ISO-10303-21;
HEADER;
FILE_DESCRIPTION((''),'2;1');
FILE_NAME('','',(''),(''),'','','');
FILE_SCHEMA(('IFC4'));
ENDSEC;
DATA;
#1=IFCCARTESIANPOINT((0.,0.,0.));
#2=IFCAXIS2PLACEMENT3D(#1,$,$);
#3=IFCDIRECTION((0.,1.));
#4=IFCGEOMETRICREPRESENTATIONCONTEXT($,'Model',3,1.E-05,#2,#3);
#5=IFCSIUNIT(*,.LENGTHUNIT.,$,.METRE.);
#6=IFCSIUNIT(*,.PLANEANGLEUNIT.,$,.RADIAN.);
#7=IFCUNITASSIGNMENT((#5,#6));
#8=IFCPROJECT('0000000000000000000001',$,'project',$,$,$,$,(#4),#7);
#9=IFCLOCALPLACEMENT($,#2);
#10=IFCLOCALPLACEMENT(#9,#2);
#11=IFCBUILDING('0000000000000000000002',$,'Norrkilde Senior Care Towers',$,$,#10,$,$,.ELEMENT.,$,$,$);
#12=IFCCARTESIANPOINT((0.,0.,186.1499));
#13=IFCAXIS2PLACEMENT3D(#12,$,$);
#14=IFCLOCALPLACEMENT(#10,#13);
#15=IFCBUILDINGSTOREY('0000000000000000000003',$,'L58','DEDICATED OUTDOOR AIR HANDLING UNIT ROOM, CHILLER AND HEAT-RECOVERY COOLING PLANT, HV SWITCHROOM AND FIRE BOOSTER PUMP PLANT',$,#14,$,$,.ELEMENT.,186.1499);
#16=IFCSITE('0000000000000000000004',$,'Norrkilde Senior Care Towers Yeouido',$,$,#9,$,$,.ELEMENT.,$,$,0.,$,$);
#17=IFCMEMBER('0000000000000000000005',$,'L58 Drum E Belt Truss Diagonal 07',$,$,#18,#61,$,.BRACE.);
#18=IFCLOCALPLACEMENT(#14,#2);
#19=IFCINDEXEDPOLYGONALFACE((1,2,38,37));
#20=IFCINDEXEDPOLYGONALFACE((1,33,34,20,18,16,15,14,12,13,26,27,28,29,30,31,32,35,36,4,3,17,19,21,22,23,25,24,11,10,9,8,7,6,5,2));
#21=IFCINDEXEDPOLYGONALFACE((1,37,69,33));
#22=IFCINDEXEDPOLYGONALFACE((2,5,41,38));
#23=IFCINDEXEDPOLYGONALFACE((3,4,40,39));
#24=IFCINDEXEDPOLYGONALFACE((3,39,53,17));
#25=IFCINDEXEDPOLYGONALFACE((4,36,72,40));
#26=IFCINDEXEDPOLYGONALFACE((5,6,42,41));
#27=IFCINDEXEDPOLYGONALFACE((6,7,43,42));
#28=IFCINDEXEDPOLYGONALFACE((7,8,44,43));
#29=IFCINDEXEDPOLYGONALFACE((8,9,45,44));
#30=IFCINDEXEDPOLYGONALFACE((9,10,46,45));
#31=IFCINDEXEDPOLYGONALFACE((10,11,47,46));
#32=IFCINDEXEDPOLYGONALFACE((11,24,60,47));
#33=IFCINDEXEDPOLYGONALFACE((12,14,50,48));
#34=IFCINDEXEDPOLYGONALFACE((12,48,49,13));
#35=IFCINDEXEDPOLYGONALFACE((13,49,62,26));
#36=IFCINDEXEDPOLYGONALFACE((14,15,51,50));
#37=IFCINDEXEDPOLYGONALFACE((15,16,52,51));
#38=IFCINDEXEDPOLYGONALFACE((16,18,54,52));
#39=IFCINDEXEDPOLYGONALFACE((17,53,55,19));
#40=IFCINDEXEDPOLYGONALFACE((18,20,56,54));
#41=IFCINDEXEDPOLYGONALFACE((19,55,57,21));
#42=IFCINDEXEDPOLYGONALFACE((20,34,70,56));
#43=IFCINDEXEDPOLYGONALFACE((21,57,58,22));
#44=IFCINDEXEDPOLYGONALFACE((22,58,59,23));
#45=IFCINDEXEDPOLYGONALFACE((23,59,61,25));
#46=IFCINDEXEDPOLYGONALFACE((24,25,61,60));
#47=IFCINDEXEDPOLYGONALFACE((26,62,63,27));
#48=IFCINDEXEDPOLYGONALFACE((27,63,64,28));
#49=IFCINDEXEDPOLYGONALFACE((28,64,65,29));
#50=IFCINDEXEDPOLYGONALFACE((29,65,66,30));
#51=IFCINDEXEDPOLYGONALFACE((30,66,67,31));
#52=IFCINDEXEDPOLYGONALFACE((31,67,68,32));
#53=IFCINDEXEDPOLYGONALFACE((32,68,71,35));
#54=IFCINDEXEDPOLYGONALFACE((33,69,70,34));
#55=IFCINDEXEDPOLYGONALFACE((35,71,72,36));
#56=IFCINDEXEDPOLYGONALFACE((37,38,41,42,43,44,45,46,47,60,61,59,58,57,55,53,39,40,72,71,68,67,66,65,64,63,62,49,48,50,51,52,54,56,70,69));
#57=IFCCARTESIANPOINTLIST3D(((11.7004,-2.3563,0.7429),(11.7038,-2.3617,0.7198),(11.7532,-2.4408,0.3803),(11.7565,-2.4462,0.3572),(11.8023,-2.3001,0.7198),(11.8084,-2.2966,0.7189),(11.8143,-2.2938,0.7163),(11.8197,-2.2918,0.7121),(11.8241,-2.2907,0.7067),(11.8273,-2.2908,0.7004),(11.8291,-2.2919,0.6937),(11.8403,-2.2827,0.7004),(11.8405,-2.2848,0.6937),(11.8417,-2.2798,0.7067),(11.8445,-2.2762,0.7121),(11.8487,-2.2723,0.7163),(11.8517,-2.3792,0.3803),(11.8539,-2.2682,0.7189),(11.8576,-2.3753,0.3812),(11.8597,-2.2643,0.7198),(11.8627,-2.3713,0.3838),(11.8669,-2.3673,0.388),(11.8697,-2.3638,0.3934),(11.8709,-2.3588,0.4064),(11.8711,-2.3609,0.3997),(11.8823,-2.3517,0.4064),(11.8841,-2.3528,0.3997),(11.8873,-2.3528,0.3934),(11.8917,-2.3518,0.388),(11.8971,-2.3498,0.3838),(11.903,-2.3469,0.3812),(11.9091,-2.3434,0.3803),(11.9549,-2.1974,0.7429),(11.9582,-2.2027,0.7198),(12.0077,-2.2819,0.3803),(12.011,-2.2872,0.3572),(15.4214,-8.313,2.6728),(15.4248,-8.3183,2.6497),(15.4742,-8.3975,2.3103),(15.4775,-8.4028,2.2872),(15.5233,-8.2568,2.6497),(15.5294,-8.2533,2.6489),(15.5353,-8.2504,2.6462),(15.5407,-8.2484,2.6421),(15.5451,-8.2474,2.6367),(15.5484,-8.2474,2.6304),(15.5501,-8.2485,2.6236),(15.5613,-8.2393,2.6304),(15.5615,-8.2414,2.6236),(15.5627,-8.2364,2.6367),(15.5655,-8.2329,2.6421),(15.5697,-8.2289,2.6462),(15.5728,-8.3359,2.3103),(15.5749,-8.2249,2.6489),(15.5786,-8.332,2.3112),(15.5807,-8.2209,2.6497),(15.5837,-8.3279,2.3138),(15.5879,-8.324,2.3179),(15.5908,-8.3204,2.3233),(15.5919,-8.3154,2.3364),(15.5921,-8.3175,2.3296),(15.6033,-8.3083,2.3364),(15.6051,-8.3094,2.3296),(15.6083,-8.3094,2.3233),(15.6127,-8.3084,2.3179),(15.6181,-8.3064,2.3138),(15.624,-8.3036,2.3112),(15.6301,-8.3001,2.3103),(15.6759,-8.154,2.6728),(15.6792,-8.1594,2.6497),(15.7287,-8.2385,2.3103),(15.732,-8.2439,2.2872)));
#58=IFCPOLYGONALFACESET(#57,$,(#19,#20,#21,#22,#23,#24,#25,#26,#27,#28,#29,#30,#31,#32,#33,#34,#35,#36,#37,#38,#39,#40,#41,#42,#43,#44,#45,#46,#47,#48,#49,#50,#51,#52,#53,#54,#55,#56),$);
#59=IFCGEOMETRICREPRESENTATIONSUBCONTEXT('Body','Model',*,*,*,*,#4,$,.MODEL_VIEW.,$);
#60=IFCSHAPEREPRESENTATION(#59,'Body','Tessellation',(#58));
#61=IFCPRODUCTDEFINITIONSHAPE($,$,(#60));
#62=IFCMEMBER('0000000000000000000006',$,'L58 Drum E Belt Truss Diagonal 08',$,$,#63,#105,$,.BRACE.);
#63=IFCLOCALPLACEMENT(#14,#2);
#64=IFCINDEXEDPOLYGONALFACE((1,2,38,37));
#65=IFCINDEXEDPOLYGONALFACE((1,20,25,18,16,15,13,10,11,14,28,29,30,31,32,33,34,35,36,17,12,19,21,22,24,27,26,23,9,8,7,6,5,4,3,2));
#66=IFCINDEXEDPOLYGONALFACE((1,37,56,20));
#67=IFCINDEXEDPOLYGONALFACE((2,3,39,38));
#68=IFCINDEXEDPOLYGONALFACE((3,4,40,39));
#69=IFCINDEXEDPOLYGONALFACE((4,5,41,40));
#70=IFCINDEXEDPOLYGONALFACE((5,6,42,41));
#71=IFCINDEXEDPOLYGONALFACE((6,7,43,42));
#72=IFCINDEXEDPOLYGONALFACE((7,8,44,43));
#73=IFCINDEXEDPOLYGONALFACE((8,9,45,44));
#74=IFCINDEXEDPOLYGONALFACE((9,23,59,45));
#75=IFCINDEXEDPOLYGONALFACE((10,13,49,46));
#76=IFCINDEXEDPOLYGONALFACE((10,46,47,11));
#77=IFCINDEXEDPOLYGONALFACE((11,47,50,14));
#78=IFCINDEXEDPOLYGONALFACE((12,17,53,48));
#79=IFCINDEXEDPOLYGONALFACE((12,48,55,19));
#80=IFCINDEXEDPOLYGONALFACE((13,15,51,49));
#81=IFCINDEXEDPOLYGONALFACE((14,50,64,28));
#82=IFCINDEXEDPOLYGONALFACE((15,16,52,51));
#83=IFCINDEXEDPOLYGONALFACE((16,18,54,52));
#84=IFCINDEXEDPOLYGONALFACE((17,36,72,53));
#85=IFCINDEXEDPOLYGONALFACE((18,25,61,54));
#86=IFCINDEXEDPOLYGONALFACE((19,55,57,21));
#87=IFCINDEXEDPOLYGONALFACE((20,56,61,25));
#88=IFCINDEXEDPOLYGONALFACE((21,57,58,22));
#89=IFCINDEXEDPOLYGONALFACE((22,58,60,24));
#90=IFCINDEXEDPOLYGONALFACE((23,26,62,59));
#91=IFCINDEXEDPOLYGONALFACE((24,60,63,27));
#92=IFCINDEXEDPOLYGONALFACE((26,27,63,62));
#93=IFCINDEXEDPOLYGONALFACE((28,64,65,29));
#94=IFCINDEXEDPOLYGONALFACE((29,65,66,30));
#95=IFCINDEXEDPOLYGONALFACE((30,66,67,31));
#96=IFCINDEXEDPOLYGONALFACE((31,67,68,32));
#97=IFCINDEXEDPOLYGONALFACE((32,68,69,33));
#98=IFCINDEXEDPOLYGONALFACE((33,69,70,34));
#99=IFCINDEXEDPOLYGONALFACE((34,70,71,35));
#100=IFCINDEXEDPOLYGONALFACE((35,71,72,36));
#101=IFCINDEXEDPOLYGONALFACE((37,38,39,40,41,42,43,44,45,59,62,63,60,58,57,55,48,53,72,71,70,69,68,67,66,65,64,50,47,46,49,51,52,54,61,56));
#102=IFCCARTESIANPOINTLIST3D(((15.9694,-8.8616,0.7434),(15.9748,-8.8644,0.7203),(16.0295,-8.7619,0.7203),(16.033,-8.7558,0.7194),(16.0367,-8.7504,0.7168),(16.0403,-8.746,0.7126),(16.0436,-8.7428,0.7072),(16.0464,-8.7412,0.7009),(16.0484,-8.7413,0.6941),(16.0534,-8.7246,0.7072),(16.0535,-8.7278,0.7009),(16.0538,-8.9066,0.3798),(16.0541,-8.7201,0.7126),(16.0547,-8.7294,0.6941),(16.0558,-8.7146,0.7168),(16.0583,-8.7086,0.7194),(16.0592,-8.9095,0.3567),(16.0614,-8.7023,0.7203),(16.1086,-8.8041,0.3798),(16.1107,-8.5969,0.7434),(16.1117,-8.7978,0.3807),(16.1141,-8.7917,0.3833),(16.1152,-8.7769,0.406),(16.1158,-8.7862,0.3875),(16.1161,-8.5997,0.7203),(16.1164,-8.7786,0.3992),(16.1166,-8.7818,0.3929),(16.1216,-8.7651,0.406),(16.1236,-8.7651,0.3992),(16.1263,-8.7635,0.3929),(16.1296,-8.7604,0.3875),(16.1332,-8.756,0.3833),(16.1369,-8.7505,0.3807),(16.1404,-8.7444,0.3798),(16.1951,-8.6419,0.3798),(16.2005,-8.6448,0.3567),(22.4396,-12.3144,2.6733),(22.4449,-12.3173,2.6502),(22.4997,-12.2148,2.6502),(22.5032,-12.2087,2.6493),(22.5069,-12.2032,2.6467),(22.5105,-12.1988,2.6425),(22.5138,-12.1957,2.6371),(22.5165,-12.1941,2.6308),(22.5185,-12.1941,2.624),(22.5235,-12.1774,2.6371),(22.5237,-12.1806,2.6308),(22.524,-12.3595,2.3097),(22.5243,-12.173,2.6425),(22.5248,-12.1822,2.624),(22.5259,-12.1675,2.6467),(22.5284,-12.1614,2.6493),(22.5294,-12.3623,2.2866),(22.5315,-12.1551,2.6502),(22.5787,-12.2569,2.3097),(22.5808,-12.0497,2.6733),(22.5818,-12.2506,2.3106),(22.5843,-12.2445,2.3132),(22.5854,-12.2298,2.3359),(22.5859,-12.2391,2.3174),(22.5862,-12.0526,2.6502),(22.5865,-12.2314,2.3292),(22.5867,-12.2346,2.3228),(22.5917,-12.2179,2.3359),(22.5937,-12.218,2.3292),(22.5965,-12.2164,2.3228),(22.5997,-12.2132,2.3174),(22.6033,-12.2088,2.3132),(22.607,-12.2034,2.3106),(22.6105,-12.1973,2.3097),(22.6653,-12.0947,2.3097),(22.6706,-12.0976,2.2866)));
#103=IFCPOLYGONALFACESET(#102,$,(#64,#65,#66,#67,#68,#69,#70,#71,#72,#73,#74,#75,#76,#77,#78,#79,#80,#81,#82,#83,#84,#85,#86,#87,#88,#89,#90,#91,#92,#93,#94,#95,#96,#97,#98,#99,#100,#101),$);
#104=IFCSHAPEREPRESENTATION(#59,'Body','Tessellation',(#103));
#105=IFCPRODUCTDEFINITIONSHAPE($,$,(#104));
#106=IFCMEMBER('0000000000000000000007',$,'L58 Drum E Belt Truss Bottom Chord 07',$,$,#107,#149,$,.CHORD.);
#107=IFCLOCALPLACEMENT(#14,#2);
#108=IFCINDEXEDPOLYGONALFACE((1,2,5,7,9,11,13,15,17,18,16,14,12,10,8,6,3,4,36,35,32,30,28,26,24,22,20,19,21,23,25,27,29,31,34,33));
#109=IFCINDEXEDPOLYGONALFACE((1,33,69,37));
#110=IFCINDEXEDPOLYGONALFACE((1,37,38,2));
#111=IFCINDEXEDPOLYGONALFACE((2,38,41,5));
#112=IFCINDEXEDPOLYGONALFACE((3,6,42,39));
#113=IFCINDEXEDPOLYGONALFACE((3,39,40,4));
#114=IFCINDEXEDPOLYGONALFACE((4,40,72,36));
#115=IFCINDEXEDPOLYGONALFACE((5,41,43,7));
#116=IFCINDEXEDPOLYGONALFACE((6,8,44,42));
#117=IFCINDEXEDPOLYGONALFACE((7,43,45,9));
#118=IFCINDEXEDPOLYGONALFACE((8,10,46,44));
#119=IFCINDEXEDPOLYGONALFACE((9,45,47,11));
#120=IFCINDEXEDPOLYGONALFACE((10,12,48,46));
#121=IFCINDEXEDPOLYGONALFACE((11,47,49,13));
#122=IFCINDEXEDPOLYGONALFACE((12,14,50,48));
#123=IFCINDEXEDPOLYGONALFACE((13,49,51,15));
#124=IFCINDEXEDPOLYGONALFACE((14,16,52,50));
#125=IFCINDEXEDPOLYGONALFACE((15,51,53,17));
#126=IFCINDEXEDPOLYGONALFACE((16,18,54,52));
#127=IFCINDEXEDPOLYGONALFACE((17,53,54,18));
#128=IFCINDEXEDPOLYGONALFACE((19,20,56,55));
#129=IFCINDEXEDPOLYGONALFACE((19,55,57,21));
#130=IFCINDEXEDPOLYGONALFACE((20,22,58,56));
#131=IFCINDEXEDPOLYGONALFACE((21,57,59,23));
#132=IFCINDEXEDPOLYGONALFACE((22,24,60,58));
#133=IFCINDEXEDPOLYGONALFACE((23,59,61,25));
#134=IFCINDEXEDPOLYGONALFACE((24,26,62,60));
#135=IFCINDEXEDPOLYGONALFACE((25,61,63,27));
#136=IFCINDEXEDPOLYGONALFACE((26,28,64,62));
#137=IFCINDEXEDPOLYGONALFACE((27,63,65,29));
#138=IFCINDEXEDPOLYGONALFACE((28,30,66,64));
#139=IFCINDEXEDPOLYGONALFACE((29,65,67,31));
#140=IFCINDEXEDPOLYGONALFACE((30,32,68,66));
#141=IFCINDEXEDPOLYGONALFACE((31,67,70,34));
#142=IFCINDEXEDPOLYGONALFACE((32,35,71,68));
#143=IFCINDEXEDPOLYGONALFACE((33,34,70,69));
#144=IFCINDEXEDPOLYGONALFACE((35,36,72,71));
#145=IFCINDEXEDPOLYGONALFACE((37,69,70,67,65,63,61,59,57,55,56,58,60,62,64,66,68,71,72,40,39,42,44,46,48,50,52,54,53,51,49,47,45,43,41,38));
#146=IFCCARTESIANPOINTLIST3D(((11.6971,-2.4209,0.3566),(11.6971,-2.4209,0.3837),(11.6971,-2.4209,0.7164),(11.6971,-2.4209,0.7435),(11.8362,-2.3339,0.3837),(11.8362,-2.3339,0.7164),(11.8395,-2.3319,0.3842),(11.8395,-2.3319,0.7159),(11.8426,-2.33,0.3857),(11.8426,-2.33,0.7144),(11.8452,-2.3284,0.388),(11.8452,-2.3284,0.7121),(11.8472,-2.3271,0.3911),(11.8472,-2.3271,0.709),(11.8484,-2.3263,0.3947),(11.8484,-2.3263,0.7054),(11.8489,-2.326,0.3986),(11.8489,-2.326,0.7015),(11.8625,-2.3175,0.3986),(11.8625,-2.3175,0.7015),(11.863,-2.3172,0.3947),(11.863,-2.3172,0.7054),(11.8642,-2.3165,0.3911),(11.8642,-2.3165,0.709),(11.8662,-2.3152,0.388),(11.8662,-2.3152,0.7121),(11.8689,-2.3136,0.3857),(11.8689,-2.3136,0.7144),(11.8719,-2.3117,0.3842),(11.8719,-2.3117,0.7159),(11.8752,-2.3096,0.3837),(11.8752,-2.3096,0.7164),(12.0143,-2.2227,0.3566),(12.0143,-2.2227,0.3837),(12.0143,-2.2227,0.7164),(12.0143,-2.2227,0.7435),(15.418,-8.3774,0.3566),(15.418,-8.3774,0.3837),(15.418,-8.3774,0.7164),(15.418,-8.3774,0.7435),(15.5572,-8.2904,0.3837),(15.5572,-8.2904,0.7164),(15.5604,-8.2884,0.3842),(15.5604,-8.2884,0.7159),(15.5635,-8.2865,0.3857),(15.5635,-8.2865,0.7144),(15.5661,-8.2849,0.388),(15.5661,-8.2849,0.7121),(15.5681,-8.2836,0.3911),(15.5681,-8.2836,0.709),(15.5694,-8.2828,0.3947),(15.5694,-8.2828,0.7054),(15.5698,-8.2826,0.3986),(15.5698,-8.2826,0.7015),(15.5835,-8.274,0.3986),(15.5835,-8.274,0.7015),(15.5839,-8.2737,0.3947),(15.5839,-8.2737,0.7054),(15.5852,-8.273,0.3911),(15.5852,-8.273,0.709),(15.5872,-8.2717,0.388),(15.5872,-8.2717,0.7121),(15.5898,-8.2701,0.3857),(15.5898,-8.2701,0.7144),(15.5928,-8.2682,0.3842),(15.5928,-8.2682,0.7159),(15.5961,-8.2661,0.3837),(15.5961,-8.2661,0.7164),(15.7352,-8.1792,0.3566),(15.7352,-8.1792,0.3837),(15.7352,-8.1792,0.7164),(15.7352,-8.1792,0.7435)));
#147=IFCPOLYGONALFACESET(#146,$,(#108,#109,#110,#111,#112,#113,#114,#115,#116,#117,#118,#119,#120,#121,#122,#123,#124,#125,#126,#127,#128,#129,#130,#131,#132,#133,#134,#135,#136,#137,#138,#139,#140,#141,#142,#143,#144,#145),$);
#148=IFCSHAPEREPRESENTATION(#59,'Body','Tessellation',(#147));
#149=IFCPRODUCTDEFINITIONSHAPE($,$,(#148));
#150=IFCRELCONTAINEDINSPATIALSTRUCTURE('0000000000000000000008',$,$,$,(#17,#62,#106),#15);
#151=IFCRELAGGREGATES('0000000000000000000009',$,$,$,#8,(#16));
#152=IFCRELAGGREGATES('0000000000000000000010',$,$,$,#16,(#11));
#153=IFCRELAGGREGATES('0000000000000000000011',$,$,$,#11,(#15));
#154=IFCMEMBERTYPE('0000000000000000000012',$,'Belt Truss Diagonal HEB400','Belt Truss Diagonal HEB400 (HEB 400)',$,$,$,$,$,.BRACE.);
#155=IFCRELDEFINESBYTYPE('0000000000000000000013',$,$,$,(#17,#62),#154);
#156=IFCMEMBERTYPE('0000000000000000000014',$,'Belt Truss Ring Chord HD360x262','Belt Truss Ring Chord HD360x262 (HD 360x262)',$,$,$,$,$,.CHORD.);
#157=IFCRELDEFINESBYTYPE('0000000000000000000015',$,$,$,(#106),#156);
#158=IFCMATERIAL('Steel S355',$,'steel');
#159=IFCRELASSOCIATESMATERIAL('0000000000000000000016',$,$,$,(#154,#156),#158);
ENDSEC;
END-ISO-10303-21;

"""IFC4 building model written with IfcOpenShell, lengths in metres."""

from ifc_helpers import new_model, si_unit, direction, frame, origin, origin_2d, place, context, subcontext, project, spatial, i_section, extrude, source, transform, mapped, material, material_profile, profile_set, type_object, type_shapes, element, save


model = new_model("IFC4")

# Units and contexts
model_context = context("Model", 3, precision=1e-05, world=origin(), true_north=direction((0.0, 1.0)))
body_context = subcontext(model_context, "Body", "Model", "MODEL_VIEW")
ifc_project = project(units=[si_unit("LENGTHUNIT", "METRE"), si_unit("PLANEANGLEUNIT", "RADIAN")], contexts=[model_context])

# Site, building, storey
site_placement = place(None, origin())
site = spatial("IfcSite", under=ifc_project, at=site_placement, Name="Norrkilde Senior Care Towers Yeouido", CompositionType="ELEMENT", RefElevation=0.0)
building_placement = place(site_placement, origin())
building = spatial("IfcBuilding", under=site, at=building_placement, Name="Norrkilde Senior Care Towers", CompositionType="ELEMENT")
storey_placement = place(building_placement, frame((0.0, 0.0, 186.1499)))
storey = spatial("IfcBuildingStorey", under=building, at=storey_placement, Name="L58", Description="DEDICATED OUTDOOR AIR HANDLING UNIT ROOM, CHILLER AND HEAT-RECOVERY COOLING PLANT, HV SWITCHROOM AND FIRE BOOSTER PUMP PLANT", CompositionType="ELEMENT", Elevation=186.1499)

# Members
ifc_material_1 = material(Name="Steel S355", Category="steel")
ifc_material_profile_1 = material_profile(ifc_material_1, i_section(OverallWidth=0.3, OverallDepth=0.3999, WebThickness=0.0134, FlangeThickness=0.0239, FilletRadius=0.0271, at=origin_2d()), Name="HEB 400")
ifc_profile_set_1 = profile_set([ifc_material_profile_1], Name="Steel S355")
member_type_1 = type_object("IfcMemberType", Name="Belt Truss Diagonal HEB400", Description="Belt Truss Diagonal HEB400 (HEB 400)", PredefinedType="BRACE", material=ifc_profile_set_1)
shared_shape_1 = source(origin(), body_context, "Body", "SweptSolid", [
    extrude(i_section(OverallWidth=0.3, OverallDepth=0.3999, WebThickness=0.0134, FlangeThickness=0.0239, FilletRadius=0.0271, at=origin_2d()), origin(), (0.0, 0.0, 1.0), 7.2837),
])
member_1_placement = place(storey_placement, frame((11.8557, -2.3218, 0.55), z_axis=(0.510868, -0.817805, 0.26497), x_axis=(0.848119, 0.529805, 0.0)))
element("IfcMember", 1, at=member_1_placement, inside=storey, type_object=member_type_1, Name="L58 Drum E Belt Truss Diagonal 07", PredefinedType="BRACE", context=body_context, shape_type="MappedRepresentation", body=[
    mapped(shared_shape_1, transform((0.0, 0.0, 0.0), x_axis=(1.0, 0.0, 0.0), y_axis=(0.0, 1.0, 0.0), z_axis=(0.0, 0.0, 1.0), scale=1.0)),
])
shared_shape_2 = source(origin(), body_context, "Body", "SweptSolid", [
    extrude(i_section(OverallWidth=0.3, OverallDepth=0.3999, WebThickness=0.0134, FlangeThickness=0.0239, FilletRadius=0.0271, at=origin_2d()), origin(), (0.0, 0.0, 1.0), 7.5835),
])
type_shapes(member_type_1, [shared_shape_1, shared_shape_2])
member_2_placement = place(storey_placement, frame((16.085, -8.7532, 0.55), z_axis=(0.853187, -0.45531, 0.254488), x_axis=(0.470811, 0.882234, 0.0)))
element("IfcMember", 2, at=member_2_placement, inside=storey, type_object=member_type_1, Name="L58 Drum E Belt Truss Diagonal 08", PredefinedType="BRACE", context=body_context, shape_type="MappedRepresentation", body=[
    mapped(shared_shape_2, transform((0.0, 0.0, 0.0), x_axis=(1.0, 0.0, 0.0), y_axis=(0.0, 1.0, 0.0), z_axis=(0.0, 0.0, 1.0), scale=1.0)),
])
ifc_material_profile_2 = material_profile(ifc_material_1, i_section(OverallWidth=0.374, OverallDepth=0.387, WebThickness=0.0161, FlangeThickness=0.0271, FilletRadius=0.0149, at=origin_2d()), Name="HD 360x262")
ifc_profile_set_2 = profile_set([ifc_material_profile_2], Name="Steel S355")
member_type_2 = type_object("IfcMemberType", Name="Belt Truss Ring Chord HD360x262", Description="Belt Truss Ring Chord HD360x262 (HD 360x262)", PredefinedType="CHORD", material=ifc_profile_set_2)
shared_shape_3 = source(origin(), body_context, "Body", "SweptSolid", [
    extrude(i_section(OverallWidth=0.374, OverallDepth=0.387, WebThickness=0.0161, FlangeThickness=0.0271, FilletRadius=0.0149, at=origin_2d()), origin(), (0.0, 0.0, 1.0), 7.0232),
])
member_3_placement = place(storey_placement, frame((11.8557, -2.3218, 0.55), z_axis=(0.529805, -0.848119, 0.0), x_axis=(0.848119, 0.529805, 0.0)))
element("IfcMember", 3, at=member_3_placement, inside=storey, type_object=member_type_2, Name="L58 Drum E Belt Truss Bottom Chord 07", PredefinedType="CHORD", context=body_context, shape_type="MappedRepresentation", body=[
    mapped(shared_shape_3, transform((0.0, 0.0, 0.0), x_axis=(1.0, 0.0, 0.0), y_axis=(0.0, 1.0, 0.0), z_axis=(0.0, 0.0, 1.0), scale=1.0)),
])

save(model, "model.ifc")
